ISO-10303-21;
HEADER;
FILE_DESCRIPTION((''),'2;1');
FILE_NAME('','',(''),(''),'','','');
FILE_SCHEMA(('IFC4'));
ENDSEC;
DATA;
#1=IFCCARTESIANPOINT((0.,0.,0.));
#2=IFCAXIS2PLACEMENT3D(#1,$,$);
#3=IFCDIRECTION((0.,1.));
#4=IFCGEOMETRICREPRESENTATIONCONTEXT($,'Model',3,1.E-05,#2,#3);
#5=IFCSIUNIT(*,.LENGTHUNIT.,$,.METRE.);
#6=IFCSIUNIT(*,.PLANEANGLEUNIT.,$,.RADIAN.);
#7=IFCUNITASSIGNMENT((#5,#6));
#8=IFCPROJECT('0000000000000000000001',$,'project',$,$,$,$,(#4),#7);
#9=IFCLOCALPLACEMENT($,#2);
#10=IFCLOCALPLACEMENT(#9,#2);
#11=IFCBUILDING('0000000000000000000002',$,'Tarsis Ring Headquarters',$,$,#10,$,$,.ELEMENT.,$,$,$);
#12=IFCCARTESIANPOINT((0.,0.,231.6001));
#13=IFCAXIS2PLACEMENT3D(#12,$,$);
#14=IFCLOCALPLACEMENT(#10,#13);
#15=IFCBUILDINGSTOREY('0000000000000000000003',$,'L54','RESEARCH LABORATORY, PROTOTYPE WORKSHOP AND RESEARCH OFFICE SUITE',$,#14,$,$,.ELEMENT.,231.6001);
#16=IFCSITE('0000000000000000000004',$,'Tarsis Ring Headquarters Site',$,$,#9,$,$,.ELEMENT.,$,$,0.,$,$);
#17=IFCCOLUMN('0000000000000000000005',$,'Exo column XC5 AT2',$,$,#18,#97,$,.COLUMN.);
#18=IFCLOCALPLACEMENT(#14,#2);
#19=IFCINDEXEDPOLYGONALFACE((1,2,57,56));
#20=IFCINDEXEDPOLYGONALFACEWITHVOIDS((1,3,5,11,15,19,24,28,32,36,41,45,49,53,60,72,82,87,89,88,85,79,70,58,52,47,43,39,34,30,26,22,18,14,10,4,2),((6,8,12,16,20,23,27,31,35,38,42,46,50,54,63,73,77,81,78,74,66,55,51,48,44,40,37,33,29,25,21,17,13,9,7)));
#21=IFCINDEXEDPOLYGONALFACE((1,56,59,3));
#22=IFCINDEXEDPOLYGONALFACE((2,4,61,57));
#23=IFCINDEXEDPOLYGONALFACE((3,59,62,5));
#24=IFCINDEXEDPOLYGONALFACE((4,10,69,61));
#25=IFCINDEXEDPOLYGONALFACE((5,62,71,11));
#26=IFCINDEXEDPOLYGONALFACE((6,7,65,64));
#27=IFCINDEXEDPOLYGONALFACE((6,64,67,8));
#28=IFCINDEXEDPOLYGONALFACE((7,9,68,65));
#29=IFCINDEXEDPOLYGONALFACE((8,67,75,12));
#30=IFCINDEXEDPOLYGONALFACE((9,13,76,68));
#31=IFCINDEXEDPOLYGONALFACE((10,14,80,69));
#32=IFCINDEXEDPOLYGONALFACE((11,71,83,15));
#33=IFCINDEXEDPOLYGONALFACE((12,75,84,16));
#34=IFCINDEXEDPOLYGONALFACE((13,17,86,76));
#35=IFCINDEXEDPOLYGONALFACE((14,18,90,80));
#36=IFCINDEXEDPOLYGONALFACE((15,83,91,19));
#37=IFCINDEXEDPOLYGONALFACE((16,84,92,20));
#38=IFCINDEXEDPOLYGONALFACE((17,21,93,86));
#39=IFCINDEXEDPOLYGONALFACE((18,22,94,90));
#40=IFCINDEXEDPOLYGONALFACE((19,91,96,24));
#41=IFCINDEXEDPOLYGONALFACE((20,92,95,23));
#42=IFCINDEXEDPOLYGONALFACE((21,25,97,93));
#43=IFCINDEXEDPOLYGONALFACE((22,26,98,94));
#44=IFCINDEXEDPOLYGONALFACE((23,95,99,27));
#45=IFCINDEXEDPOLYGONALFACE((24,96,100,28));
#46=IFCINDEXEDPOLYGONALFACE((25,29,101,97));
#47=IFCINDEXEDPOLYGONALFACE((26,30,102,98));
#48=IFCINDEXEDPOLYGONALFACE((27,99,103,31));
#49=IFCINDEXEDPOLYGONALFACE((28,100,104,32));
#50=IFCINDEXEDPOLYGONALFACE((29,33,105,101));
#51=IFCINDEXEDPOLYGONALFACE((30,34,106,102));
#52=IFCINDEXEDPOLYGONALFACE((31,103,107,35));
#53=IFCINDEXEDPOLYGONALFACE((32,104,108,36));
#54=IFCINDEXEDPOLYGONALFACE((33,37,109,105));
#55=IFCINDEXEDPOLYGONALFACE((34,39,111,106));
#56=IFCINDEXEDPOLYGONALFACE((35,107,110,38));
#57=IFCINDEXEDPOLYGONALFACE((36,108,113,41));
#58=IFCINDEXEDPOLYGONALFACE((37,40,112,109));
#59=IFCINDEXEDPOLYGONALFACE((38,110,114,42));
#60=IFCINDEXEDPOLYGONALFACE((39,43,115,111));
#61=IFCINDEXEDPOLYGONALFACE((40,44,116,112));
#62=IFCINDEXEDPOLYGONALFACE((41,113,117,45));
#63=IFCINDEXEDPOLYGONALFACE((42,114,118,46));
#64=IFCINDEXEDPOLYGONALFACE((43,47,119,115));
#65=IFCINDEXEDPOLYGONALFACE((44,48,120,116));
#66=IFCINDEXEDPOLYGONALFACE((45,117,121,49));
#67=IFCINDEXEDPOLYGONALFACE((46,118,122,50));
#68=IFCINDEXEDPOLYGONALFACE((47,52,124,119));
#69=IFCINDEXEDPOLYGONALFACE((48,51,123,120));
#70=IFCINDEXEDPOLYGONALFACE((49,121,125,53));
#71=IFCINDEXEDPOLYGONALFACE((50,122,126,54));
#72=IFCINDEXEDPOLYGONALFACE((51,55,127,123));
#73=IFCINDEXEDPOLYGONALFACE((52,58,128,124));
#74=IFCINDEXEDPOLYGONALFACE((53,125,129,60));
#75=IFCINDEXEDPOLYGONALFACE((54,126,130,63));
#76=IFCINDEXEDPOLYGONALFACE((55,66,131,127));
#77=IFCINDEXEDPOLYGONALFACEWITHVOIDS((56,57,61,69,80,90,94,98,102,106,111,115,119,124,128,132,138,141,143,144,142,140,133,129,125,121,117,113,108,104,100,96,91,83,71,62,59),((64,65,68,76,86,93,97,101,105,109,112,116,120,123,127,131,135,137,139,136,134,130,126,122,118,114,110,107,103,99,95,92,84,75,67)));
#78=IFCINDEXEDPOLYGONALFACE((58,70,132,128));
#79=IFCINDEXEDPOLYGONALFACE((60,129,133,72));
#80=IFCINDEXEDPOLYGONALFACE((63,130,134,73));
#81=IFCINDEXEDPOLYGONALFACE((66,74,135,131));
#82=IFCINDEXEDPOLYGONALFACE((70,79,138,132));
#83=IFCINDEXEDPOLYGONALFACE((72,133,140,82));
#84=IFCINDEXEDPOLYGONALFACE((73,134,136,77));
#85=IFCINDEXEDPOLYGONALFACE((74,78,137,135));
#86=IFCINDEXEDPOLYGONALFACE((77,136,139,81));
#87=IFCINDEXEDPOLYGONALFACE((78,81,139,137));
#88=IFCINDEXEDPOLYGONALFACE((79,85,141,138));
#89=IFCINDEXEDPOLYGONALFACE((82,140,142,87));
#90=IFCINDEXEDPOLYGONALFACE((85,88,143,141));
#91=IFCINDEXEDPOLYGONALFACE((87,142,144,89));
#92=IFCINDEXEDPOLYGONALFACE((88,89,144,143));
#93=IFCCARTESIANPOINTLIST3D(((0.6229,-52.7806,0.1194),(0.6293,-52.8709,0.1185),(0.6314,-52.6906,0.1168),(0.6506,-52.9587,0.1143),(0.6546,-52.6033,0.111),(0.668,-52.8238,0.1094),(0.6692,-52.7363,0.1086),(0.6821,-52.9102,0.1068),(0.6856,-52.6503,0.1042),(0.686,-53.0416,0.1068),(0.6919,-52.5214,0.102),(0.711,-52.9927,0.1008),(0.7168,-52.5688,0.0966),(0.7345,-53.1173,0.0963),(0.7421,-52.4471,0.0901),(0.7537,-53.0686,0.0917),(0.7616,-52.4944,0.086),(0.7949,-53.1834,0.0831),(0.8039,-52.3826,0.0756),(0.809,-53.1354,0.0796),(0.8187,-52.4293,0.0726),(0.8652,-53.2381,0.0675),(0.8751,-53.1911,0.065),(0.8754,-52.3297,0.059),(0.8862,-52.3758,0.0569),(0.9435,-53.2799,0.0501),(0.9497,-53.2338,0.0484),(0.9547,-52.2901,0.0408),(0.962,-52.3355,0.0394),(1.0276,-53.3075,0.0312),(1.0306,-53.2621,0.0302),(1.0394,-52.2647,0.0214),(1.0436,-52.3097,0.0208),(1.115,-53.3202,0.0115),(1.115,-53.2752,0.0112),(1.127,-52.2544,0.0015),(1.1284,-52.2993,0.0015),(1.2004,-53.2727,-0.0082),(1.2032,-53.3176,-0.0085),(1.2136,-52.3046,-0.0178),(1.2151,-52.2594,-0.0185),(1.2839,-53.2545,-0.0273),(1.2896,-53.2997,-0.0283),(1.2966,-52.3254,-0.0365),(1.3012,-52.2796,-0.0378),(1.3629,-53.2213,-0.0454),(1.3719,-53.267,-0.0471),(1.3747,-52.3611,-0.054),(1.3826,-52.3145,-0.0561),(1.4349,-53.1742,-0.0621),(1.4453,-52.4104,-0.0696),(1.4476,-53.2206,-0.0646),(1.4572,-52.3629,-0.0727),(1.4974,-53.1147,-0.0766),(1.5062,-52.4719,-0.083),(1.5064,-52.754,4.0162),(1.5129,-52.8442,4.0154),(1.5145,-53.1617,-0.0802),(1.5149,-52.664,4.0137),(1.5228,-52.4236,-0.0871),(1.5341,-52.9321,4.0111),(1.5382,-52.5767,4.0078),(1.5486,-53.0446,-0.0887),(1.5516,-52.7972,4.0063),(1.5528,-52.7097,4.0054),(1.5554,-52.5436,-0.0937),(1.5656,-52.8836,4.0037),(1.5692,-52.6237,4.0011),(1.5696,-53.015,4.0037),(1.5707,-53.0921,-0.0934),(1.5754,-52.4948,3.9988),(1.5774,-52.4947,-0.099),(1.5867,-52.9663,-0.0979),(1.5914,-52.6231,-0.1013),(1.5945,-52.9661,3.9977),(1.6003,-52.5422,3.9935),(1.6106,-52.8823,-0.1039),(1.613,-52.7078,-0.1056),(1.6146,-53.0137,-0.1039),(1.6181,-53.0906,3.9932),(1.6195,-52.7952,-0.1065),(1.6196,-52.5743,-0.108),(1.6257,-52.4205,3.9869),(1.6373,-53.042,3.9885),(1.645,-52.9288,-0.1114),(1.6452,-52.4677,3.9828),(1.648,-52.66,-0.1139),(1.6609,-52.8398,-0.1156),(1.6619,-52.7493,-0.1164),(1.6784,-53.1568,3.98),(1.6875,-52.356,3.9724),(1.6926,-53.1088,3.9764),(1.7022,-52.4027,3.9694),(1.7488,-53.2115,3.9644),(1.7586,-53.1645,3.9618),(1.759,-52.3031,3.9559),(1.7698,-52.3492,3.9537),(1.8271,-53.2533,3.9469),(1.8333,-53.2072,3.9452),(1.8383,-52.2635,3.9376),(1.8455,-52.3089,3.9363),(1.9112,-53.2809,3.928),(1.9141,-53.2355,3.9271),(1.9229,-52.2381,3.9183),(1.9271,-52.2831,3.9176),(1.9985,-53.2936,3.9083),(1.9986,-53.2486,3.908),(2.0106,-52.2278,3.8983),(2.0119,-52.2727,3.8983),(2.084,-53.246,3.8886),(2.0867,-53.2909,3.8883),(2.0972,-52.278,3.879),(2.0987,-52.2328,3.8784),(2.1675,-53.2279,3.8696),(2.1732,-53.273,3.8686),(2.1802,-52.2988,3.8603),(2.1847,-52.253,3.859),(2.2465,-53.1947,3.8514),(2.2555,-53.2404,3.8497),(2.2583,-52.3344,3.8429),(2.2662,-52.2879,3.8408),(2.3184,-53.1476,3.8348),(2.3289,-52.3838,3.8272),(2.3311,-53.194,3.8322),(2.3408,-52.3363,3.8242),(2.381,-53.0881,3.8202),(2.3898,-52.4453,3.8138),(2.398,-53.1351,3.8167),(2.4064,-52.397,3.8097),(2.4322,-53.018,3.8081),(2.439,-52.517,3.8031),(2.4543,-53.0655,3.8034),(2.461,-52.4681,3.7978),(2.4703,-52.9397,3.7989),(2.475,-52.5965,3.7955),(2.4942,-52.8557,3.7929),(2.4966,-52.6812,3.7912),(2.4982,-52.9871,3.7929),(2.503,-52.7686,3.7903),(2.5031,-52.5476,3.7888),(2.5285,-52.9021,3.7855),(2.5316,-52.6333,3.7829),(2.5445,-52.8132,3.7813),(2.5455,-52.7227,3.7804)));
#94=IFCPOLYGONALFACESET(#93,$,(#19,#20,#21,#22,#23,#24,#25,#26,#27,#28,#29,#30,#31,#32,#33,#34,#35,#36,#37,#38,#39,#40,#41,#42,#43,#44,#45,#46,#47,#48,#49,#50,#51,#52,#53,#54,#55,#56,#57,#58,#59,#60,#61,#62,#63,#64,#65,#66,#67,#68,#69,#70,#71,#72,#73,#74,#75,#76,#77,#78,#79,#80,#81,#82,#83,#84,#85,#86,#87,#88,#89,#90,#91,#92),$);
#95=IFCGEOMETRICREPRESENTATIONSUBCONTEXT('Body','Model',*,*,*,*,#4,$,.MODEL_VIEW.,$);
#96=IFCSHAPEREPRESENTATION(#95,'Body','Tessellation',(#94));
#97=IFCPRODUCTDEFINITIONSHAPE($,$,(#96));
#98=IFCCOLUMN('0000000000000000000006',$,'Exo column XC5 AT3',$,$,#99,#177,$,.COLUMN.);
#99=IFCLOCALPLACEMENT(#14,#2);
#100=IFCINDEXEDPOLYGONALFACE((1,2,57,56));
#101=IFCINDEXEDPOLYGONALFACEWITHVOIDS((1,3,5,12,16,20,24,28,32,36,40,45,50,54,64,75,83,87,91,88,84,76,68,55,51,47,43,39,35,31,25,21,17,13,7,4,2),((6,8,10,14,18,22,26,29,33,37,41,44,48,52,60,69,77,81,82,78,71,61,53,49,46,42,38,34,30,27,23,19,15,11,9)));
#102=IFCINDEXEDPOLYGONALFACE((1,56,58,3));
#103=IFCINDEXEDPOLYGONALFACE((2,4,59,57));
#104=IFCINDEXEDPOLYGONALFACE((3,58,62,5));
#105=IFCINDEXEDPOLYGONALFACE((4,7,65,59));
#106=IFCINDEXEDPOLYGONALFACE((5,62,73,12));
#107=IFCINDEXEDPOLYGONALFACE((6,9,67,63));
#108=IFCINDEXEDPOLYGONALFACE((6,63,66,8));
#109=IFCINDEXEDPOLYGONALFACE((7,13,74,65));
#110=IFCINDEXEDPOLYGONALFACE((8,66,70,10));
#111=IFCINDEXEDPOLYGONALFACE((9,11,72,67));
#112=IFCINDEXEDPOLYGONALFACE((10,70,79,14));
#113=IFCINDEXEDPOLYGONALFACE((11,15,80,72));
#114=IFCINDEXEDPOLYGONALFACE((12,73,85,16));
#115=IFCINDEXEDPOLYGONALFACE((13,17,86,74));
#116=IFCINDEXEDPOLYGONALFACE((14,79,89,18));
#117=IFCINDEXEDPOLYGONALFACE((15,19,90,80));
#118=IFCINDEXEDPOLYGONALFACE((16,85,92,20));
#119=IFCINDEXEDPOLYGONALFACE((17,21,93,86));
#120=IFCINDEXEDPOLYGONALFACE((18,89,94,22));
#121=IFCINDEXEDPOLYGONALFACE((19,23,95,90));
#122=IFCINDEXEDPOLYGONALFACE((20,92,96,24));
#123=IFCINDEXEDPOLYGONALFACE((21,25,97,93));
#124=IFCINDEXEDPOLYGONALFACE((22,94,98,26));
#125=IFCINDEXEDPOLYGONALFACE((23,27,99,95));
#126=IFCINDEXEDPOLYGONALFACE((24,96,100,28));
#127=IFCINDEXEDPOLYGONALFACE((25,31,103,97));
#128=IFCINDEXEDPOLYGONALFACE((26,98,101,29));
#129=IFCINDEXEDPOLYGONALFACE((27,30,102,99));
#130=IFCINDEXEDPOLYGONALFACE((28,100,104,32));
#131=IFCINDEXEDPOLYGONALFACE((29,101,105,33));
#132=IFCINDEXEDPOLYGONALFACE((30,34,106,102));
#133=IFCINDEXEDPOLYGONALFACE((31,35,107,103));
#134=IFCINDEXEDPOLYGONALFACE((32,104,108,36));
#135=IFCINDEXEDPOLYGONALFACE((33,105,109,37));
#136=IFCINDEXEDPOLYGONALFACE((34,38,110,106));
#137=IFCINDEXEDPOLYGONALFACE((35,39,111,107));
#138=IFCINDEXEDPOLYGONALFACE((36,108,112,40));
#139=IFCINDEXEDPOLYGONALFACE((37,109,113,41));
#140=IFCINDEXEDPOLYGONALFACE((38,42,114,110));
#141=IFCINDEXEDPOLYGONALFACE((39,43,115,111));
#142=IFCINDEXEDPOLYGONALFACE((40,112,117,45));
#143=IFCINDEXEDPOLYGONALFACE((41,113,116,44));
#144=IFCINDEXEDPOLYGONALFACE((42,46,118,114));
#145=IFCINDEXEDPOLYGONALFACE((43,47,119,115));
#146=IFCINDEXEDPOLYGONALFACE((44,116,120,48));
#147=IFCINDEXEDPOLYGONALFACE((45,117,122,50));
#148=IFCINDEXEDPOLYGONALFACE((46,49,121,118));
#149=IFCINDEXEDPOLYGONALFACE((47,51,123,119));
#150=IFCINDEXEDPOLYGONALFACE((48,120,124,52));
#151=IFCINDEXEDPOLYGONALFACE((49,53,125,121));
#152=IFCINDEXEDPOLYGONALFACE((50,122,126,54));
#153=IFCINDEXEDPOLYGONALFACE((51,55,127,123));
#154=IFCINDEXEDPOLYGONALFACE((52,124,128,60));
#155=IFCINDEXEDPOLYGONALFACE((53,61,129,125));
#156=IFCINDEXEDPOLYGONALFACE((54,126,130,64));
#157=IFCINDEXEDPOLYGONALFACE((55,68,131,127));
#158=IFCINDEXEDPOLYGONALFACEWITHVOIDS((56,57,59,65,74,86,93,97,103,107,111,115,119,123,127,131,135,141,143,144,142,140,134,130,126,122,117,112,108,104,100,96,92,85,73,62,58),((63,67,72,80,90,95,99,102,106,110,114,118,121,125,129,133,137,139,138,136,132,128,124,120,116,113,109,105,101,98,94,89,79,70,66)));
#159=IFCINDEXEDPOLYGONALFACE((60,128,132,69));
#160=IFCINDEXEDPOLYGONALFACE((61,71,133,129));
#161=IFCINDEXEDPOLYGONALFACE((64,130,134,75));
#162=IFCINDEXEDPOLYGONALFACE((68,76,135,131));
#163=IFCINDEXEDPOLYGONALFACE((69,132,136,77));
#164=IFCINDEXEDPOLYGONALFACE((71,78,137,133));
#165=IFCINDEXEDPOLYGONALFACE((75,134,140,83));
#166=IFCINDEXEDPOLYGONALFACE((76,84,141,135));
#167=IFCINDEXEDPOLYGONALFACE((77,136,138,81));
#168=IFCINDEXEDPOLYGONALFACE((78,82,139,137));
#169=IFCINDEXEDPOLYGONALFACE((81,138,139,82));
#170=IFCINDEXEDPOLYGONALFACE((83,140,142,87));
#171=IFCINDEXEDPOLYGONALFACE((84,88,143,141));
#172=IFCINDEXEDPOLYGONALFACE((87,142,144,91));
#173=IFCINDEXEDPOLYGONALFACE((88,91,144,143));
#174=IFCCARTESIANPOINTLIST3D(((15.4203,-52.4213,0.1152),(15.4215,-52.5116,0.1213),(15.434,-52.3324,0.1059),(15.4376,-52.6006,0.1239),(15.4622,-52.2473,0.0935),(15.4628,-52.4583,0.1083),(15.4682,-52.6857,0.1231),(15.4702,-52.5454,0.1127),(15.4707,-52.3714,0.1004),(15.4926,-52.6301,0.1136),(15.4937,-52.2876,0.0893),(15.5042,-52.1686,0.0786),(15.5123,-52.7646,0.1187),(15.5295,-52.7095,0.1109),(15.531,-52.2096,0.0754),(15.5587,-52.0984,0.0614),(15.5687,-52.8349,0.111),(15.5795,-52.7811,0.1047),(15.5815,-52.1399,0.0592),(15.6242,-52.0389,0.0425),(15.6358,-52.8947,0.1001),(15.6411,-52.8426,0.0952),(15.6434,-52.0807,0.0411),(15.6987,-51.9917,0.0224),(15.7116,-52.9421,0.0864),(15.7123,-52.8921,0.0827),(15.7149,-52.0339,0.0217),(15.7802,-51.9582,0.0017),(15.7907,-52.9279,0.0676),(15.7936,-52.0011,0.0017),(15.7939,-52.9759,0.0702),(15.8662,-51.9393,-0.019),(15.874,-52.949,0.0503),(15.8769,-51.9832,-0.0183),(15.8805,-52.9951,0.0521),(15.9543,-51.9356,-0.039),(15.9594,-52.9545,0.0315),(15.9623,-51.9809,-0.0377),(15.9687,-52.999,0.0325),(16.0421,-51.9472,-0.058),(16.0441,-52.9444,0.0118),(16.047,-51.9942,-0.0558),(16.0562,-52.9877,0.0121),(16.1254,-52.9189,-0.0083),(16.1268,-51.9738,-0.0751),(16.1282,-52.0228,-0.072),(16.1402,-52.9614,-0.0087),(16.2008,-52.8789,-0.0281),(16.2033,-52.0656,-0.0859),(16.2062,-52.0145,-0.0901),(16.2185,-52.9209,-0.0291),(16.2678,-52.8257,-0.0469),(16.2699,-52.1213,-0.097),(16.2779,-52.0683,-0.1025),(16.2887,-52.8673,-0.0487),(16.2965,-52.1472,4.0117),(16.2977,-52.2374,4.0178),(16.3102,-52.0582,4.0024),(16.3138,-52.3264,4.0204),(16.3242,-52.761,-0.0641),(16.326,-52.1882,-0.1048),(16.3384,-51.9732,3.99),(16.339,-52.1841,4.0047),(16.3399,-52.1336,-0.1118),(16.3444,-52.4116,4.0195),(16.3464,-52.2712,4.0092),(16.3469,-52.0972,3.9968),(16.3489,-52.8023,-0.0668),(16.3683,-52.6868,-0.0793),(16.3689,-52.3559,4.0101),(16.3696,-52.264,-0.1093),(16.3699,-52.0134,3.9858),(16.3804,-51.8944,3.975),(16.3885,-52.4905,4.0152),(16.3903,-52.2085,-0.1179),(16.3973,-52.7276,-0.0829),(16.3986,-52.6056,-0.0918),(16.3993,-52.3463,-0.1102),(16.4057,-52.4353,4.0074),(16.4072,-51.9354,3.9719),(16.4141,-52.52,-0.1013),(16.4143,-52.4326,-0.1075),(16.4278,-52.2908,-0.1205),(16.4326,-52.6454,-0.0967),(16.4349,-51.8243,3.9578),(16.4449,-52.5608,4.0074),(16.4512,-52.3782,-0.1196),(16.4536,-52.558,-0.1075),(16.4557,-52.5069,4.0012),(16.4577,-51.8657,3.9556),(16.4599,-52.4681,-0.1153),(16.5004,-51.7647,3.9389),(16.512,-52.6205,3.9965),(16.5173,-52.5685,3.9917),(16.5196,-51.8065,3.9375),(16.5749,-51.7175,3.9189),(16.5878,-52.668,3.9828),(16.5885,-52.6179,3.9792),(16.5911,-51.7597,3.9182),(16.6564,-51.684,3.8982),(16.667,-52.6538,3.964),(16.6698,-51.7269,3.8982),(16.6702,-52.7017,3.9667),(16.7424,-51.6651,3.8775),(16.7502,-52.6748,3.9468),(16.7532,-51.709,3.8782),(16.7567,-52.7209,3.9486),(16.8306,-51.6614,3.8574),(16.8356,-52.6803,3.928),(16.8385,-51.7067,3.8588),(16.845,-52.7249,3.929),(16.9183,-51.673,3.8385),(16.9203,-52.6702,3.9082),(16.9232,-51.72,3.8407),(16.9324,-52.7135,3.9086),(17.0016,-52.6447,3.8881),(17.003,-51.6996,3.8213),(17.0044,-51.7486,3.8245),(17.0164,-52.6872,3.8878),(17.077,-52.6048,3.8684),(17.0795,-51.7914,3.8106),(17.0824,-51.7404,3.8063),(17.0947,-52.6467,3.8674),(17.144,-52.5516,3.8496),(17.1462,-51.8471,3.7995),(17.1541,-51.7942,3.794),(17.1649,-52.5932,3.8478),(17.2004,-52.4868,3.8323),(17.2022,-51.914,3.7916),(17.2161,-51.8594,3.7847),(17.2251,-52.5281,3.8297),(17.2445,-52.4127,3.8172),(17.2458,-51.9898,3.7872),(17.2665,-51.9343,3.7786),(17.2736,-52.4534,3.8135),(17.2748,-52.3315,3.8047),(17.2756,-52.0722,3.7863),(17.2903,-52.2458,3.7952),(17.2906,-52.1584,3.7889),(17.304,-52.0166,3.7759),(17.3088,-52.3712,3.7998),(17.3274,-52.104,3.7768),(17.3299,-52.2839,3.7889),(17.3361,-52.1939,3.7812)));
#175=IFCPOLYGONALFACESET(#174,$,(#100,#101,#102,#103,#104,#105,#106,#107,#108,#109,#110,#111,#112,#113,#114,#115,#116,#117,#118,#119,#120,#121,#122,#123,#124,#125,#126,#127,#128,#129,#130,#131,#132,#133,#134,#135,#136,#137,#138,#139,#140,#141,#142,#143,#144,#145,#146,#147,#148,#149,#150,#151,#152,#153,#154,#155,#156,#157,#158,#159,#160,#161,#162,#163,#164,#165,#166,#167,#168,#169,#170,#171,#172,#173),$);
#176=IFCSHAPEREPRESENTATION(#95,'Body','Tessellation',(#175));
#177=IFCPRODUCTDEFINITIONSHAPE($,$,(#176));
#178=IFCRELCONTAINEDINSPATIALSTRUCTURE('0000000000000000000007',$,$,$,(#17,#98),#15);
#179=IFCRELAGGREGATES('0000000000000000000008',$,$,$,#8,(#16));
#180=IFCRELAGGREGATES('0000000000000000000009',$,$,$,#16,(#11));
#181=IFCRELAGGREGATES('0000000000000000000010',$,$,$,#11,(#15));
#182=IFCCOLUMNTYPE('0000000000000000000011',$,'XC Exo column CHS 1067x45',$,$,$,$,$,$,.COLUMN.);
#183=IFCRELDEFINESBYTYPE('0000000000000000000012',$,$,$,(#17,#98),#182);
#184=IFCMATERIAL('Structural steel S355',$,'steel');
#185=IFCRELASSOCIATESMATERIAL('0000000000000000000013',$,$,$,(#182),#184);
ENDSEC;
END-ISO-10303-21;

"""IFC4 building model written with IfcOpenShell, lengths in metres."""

from ifc_helpers import new_model, si_unit, direction, frame, origin, origin_2d, place, context, subcontext, project, spatial, hollow_circle, extrude, material, material_profile, profile_set, type_object, element, save


model = new_model("IFC4")

# Units and contexts
model_context = context("Model", 3, precision=1e-05, world=origin(), true_north=direction((0.0, 1.0)))
body_context = subcontext(model_context, "Body", "Model", "MODEL_VIEW")
ifc_project = project(units=[si_unit("LENGTHUNIT", "METRE"), si_unit("PLANEANGLEUNIT", "RADIAN")], contexts=[model_context])

# Site, building, storey
site_placement = place(None, origin())
site = spatial("IfcSite", under=ifc_project, at=site_placement, Name="Tarsis Ring Headquarters Site", CompositionType="ELEMENT", RefElevation=0.0)
building_placement = place(site_placement, origin())
building = spatial("IfcBuilding", under=site, at=building_placement, Name="Tarsis Ring Headquarters", CompositionType="ELEMENT")
storey_placement = place(building_placement, frame((0.0, 0.0, 231.6001)))
storey = spatial("IfcBuildingStorey", under=building, at=storey_placement, Name="L54", Description="RESEARCH LABORATORY, PROTOTYPE WORKSHOP AND RESEARCH OFFICE SUITE", CompositionType="ELEMENT", Elevation=231.6001)

# Columns
ifc_material_1 = material(Name="Structural steel S355", Category="steel")
ifc_material_profile_1 = material_profile(ifc_material_1, hollow_circle(Radius=0.5334, WallThickness=0.0449, at=origin_2d()), Name="CHS 1067x45")
ifc_profile_set_1 = profile_set([ifc_material_profile_1], Name="Structural steel S355")
column_type = type_object("IfcColumnType", Name="XC Exo column CHS 1067x45", PredefinedType="COLUMN", material=ifc_profile_set_1)
column_1_placement = place(storey_placement, frame((1.1431, -52.7876, 0.0015), z_axis=(0.221122, 0.00666, 0.975223), x_axis=(-0.030105, 0.999547, 0.0)))
element("IfcColumn", 1, at=column_1_placement, inside=storey, type_object=column_type, Name="Exo column XC5 AT2", PredefinedType="COLUMN", context=body_context, shape_type="SweptSolid", body=[
    extrude(hollow_circle(Radius=0.5334, WallThickness=0.0449, at=origin_2d()), origin(), (0.0, 0.0, 1.0), 3.9958),
])
column_2_placement = place(storey_placement, frame((15.9395, -52.4673, 0.0017), z_axis=(0.218881, 0.068488, 0.973345), x_axis=(-0.298623, 0.954371, 0.0)))
element("IfcColumn", 2, at=column_2_placement, inside=storey, type_object=column_type, Name="Exo column XC5 AT3", PredefinedType="COLUMN", context=body_context, shape_type="SweptSolid", body=[
    extrude(hollow_circle(Radius=0.5334, WallThickness=0.0449, at=origin_2d()), origin(), (0.0, 0.0, 1.0), 4.0032),
])

save(model, "model.ifc")
